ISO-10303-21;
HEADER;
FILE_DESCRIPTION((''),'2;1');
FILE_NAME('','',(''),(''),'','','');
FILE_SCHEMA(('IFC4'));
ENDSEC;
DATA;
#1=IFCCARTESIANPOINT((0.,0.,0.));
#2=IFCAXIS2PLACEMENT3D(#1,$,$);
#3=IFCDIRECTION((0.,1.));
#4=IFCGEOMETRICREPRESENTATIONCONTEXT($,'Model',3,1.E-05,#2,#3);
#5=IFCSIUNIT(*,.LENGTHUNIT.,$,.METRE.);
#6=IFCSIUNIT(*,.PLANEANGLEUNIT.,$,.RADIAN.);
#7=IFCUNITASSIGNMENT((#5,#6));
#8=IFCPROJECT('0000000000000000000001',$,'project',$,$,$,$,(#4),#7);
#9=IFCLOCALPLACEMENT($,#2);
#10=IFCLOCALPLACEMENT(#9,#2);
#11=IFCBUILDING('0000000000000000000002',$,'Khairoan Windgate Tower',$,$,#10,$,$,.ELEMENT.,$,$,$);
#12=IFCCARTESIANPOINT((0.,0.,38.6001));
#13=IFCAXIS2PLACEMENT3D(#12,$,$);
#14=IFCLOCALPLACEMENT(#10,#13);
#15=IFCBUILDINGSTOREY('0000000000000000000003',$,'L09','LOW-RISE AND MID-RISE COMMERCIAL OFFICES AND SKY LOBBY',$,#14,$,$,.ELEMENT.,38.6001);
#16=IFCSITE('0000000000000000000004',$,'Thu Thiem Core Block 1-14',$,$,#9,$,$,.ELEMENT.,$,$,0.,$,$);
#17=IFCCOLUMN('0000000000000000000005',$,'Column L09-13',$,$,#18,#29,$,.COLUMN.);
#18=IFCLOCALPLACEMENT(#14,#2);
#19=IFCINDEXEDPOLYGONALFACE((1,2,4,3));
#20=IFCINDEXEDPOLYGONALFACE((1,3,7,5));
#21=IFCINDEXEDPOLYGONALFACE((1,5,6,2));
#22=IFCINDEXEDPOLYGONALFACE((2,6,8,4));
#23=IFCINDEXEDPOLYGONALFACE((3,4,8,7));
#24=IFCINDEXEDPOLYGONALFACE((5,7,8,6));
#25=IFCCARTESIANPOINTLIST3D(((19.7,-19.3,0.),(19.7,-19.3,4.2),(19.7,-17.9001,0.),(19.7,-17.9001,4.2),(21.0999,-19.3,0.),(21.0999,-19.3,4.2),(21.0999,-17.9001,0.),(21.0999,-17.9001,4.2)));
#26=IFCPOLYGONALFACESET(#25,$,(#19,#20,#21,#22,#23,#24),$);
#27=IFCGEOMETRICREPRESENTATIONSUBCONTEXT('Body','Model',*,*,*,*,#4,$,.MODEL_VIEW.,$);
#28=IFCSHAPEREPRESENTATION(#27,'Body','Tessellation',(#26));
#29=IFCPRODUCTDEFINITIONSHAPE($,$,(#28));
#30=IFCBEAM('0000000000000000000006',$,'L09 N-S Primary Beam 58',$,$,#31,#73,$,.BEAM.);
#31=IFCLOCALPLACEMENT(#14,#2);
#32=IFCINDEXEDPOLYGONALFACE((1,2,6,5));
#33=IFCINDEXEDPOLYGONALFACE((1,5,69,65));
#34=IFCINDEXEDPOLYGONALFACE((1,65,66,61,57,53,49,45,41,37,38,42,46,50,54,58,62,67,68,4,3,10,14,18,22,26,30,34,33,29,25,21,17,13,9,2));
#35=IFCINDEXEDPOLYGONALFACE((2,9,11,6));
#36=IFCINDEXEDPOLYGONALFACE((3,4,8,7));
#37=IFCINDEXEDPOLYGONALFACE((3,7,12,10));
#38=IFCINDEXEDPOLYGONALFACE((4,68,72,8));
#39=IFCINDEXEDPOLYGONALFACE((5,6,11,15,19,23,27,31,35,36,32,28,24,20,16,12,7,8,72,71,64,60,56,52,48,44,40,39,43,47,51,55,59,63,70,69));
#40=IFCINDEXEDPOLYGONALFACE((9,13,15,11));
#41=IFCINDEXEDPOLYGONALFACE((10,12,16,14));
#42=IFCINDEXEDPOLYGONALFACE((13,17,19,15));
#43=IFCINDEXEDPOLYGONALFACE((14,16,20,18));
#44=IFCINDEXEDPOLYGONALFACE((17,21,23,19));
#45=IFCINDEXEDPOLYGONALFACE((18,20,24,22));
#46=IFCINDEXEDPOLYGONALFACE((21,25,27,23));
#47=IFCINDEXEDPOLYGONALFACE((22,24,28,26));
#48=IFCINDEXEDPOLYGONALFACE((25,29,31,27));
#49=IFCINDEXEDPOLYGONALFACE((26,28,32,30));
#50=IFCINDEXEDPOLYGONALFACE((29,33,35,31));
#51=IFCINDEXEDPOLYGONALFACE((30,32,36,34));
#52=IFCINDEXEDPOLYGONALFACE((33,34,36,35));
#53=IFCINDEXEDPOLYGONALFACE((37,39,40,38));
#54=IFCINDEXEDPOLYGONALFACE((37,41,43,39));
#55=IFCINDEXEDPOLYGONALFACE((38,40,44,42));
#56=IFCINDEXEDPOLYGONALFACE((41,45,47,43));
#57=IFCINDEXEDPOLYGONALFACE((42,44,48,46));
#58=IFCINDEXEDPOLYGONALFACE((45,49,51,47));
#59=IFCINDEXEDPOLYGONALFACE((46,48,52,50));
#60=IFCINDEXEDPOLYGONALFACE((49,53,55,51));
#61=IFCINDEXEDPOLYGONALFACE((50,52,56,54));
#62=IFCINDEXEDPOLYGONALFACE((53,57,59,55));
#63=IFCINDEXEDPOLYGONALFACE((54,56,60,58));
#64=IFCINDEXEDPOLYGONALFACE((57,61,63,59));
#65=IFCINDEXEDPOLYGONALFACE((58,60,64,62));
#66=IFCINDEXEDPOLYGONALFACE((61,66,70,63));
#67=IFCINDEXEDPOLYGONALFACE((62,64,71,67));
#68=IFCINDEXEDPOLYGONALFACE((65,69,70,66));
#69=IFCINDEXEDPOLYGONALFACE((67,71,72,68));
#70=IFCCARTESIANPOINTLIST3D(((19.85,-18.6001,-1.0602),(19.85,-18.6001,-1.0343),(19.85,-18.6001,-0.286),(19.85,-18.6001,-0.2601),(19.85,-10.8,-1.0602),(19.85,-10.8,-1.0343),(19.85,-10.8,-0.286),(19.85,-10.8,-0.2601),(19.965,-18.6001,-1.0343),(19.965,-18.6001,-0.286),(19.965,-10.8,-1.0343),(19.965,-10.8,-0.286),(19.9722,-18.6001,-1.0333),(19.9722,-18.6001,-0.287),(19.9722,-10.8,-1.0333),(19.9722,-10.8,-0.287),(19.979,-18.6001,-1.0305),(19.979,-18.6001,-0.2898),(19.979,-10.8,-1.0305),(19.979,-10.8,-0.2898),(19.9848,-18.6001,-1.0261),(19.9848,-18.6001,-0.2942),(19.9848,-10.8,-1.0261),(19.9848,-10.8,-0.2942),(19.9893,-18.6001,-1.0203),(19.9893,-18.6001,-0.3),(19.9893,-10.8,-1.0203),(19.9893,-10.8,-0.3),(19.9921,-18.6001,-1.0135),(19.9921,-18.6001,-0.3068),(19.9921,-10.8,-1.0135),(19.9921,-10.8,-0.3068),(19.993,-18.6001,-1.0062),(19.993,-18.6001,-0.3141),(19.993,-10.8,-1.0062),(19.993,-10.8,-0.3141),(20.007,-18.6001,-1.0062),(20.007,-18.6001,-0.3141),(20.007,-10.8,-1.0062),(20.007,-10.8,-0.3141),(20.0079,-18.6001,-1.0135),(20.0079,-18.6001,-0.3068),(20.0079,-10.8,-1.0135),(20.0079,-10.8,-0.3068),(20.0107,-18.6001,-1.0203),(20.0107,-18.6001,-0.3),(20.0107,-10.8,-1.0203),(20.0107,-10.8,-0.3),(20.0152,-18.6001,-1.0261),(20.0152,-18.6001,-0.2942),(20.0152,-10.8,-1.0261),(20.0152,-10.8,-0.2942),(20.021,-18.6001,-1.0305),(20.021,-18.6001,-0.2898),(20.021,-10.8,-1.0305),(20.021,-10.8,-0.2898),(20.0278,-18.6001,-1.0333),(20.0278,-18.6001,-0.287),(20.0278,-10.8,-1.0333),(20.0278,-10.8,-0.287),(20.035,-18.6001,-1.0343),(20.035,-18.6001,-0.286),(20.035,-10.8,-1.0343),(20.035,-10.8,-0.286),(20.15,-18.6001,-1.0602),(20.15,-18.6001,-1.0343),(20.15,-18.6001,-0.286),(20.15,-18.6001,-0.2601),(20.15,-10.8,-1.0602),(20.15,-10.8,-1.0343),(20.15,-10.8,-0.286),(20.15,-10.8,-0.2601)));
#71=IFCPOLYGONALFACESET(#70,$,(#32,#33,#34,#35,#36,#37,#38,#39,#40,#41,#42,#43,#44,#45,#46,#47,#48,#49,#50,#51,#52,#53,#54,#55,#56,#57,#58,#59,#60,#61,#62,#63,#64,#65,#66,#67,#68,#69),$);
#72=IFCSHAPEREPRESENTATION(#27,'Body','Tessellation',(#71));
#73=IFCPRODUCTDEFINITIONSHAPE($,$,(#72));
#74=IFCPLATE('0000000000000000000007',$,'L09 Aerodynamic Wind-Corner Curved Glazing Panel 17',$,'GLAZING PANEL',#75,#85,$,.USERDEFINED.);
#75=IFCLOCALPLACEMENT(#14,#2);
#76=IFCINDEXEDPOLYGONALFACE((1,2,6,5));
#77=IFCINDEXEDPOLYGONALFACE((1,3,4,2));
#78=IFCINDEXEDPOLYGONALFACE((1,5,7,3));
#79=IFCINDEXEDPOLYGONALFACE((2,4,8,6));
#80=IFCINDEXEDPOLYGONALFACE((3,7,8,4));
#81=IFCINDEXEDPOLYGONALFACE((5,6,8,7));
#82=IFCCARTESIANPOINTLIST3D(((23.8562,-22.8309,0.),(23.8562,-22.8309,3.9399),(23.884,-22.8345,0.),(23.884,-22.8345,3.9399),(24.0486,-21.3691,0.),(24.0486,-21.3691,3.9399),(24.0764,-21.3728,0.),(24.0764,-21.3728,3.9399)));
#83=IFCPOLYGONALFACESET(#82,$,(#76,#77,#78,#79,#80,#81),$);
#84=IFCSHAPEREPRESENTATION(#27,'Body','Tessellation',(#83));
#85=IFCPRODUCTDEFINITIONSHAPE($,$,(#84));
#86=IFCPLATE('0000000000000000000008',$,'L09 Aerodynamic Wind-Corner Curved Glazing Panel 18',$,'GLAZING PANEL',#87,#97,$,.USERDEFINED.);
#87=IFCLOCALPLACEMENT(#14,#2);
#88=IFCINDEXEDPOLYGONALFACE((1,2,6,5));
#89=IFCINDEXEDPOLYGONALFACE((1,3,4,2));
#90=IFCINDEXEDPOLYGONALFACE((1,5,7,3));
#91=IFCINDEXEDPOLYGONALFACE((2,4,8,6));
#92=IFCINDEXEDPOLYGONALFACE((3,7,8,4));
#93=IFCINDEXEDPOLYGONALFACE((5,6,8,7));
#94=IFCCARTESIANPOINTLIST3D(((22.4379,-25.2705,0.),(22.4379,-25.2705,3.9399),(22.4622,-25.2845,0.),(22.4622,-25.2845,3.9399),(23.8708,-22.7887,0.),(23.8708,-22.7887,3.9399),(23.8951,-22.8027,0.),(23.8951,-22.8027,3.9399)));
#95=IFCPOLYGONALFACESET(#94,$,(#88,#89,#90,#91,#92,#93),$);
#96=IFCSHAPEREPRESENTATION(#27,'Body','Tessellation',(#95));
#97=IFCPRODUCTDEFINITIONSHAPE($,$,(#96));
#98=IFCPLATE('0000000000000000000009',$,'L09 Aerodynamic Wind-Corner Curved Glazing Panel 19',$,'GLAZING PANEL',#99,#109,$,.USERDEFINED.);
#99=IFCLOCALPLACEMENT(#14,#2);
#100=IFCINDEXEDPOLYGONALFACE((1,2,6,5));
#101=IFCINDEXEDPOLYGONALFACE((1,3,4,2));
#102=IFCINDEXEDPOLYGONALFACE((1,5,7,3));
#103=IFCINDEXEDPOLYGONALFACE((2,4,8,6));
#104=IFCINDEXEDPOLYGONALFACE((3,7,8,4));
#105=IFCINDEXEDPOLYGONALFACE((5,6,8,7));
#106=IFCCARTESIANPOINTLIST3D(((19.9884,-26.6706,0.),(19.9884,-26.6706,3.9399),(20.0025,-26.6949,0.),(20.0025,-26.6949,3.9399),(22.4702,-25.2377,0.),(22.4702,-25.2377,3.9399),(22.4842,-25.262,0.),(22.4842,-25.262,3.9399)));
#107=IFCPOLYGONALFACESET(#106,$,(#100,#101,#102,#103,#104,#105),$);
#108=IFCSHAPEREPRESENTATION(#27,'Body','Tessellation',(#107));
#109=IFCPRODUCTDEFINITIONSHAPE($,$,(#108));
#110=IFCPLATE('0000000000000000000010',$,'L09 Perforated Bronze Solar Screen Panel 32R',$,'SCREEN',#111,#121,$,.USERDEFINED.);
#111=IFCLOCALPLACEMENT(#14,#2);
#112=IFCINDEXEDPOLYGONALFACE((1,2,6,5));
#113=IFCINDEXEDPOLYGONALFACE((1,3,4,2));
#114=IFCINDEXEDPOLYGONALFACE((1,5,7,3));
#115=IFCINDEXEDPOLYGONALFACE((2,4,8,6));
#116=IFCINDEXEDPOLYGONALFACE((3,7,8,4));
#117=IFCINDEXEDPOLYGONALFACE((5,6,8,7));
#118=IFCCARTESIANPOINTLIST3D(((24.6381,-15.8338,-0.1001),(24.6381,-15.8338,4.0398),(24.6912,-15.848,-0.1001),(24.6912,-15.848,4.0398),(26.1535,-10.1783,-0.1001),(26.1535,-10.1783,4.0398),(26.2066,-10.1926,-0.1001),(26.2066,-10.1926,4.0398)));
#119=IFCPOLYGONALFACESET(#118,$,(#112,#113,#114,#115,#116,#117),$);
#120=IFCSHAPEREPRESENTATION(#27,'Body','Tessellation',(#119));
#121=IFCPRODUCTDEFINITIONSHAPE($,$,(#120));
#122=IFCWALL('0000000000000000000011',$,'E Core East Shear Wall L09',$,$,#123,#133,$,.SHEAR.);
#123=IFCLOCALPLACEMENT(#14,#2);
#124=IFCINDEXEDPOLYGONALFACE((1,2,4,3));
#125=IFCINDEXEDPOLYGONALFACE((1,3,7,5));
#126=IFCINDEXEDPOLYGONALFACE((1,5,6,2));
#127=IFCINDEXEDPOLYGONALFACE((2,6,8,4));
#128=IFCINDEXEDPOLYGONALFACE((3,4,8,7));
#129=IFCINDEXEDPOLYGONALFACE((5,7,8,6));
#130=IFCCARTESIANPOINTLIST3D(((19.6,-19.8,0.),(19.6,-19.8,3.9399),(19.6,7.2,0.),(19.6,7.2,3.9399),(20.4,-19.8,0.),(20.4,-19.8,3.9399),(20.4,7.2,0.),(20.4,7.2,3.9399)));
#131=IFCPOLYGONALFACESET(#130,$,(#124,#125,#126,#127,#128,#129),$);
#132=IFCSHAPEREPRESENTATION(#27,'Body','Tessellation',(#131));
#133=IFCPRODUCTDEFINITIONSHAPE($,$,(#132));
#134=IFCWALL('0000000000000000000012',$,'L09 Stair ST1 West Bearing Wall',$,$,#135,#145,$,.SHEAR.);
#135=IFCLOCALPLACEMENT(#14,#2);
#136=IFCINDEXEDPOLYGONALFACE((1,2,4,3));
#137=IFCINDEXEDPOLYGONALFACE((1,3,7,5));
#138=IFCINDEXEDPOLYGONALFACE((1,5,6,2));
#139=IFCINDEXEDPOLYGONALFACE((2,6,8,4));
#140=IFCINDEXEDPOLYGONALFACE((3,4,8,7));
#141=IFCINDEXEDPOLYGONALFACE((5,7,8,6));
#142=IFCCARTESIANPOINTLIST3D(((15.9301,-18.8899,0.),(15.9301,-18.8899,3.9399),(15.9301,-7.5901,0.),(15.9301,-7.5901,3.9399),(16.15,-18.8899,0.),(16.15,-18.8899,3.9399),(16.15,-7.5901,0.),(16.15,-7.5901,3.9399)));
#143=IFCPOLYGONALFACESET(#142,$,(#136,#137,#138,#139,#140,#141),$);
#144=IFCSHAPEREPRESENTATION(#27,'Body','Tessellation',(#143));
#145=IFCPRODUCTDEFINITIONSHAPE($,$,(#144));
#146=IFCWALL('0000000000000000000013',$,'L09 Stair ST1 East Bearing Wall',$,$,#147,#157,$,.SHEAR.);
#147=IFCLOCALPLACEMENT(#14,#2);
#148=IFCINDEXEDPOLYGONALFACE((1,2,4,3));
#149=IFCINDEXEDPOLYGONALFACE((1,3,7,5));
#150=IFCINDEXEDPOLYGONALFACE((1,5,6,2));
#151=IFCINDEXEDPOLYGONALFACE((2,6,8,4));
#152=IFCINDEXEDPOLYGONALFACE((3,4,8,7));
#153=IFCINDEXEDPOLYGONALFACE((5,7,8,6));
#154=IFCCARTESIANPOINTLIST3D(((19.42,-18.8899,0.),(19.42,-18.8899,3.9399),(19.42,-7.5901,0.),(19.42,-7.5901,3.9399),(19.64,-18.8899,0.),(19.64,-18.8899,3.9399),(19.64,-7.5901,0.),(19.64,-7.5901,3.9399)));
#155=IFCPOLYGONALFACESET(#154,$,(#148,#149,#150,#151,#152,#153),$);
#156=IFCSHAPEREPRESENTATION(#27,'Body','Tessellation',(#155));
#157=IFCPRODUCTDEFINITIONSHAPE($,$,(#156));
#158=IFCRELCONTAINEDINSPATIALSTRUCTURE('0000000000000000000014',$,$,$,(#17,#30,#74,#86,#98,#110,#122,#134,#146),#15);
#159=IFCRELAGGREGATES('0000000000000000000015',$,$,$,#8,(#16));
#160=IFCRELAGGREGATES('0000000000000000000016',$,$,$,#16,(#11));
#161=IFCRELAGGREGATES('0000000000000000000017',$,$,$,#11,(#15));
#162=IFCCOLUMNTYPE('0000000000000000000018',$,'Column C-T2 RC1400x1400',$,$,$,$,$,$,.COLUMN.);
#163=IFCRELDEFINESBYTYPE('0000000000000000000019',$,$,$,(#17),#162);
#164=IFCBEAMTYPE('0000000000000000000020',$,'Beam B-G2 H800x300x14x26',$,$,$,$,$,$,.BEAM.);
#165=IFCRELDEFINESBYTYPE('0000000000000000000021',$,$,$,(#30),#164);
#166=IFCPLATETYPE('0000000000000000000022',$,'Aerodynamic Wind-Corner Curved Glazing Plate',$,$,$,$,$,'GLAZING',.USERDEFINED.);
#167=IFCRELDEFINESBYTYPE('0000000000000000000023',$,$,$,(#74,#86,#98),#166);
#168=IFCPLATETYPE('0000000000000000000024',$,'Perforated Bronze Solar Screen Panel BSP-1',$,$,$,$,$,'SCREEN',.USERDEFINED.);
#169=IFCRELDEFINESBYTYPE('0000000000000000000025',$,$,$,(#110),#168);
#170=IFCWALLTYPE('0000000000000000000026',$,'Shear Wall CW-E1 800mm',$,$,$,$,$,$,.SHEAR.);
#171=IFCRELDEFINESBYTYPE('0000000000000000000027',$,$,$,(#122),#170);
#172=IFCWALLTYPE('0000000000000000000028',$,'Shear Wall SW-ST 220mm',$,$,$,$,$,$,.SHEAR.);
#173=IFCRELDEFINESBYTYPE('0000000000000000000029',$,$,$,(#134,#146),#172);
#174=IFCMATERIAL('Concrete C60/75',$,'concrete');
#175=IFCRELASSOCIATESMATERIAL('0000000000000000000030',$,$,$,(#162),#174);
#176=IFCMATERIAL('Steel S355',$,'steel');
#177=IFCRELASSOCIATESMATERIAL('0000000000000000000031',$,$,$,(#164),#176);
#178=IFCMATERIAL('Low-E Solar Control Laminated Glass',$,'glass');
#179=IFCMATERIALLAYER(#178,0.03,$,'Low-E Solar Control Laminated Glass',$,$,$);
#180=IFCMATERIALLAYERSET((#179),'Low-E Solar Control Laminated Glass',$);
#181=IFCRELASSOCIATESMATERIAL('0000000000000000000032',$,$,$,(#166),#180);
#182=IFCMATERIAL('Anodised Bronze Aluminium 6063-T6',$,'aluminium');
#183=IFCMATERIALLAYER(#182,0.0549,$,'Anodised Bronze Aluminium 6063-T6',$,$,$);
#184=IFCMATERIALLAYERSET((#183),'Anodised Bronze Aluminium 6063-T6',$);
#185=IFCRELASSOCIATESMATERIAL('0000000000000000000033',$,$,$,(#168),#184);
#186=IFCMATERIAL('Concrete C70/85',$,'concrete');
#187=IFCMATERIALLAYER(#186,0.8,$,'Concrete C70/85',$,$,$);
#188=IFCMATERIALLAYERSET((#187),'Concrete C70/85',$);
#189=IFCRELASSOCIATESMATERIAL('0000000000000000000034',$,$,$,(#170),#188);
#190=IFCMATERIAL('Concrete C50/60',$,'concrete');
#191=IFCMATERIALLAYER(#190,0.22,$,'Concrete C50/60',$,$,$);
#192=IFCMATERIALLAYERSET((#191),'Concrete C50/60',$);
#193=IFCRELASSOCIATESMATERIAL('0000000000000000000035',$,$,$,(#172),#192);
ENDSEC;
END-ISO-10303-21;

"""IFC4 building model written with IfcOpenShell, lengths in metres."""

from ifc_helpers import new_model, si_unit, direction, frame, frame_2d, origin, origin_2d, place, context, subcontext, project, spatial, rectangle, i_section, extrude, material, layer, layer_set, material_profile, profile_set, type_object, element, save


model = new_model("IFC4")

# Units and contexts
model_context = context("Model", 3, precision=1e-05, world=origin(), true_north=direction((0.0, 1.0)))
body_context = subcontext(model_context, "Body", "Model", "MODEL_VIEW")
ifc_project = project(units=[si_unit("LENGTHUNIT", "METRE"), si_unit("PLANEANGLEUNIT", "RADIAN")], contexts=[model_context])

# Site, building, storey
site_placement = place(None, origin())
site = spatial("IfcSite", under=ifc_project, at=site_placement, Name="Thu Thiem Core Block 1-14", CompositionType="ELEMENT", RefElevation=0.0)
building_placement = place(site_placement, origin())
building = spatial("IfcBuilding", under=site, at=building_placement, Name="Khairoan Windgate Tower", CompositionType="ELEMENT")
storey_placement = place(building_placement, frame((0.0, 0.0, 38.6001)))
storey = spatial("IfcBuildingStorey", under=building, at=storey_placement, Name="L09", Description="LOW-RISE AND MID-RISE COMMERCIAL OFFICES AND SKY LOBBY", CompositionType="ELEMENT", Elevation=38.6001)

# Column
ifc_material_1 = material(Name="Concrete C60/75", Category="concrete")
ifc_material_profile_1 = material_profile(ifc_material_1, rectangle(XDim=1.3999, YDim=1.3999, at=origin_2d()))
ifc_profile_set_1 = profile_set([ifc_material_profile_1], Name="Concrete C60/75")
column_type = type_object("IfcColumnType", Name="Column C-T2 RC1400x1400", PredefinedType="COLUMN", material=ifc_profile_set_1)
column_placement = place(storey_placement, frame((20.3999, -18.6001, 0.0), z_axis=(0.0, 0.0, 1.0), x_axis=(1.0, 0.0, 0.0)))
element("IfcColumn", 1, at=column_placement, inside=storey, type_object=column_type, Name="Column L09-13", PredefinedType="COLUMN", context=body_context, shape_type="SweptSolid", body=[
    extrude(rectangle(XDim=1.3999, YDim=1.3999, at=origin_2d()), origin(), (0.0, 0.0, 1.0), 4.2),
])

# Beam
ifc_material_2 = material(Name="Steel S355", Category="steel")
ifc_material_profile_2 = material_profile(ifc_material_2, i_section(OverallWidth=0.3, OverallDepth=0.8, WebThickness=0.0139, FlangeThickness=0.0259, FilletRadius=0.0281, at=origin_2d()))
ifc_profile_set_2 = profile_set([ifc_material_profile_2], Name="Steel S355")
beam_type = type_object("IfcBeamType", Name="Beam B-G2 H800x300x14x26", PredefinedType="BEAM", material=ifc_profile_set_2)
beam_placement = place(storey_placement, frame((20.0, -18.6001, -0.6602), z_axis=(0.0, 1.0, 0.0), x_axis=(-1.0, 0.0, 0.0)))
element("IfcBeam", 2, at=beam_placement, inside=storey, type_object=beam_type, Name="L09 N-S Primary Beam 58", PredefinedType="BEAM", context=body_context, shape_type="SweptSolid", body=[
    extrude(i_section(OverallWidth=0.3, OverallDepth=0.8, WebThickness=0.0139, FlangeThickness=0.0259, FilletRadius=0.0281, at=origin_2d()), origin(), (0.0, 0.0, 1.0), 7.8),
])

# Plates
ifc_material_3 = material(Name="Low-E Solar Control Laminated Glass", Category="glass")
ifc_layer_1 = layer(ifc_material_3, 0.03, Name="Low-E Solar Control Laminated Glass")
ifc_layer_set_1 = layer_set([ifc_layer_1], Name="Low-E Solar Control Laminated Glass")
plate_type_1 = type_object("IfcPlateType", Name="Aerodynamic Wind-Corner Curved Glazing Plate", ElementType="GLAZING", PredefinedType="USERDEFINED", material=ifc_layer_set_1)
plate_1_placement = place(storey_placement, frame((23.9663, -22.1018, 0.0), z_axis=(0.0, 0.0, 1.0), x_axis=(-0.130526, -0.991445, 0.0)))
element("IfcPlate", 3, at=plate_1_placement, inside=storey, type_object=plate_type_1, Name="L09 Aerodynamic Wind-Corner Curved Glazing Panel 17", ObjectType="GLAZING PANEL", PredefinedType="USERDEFINED", context=body_context, shape_type="SweptSolid", body=[
    extrude(rectangle(XDim=1.4744, YDim=0.0281, at=origin_2d()), origin(), (0.0, 0.0, 1.0), 3.9399),
])
for number, where, z_axis, x_axis, name in (
    (4, (23.1665, -24.0366, 0.0), (0.0, 0.0, 1.0), (-0.5, -0.866025, 0.0), "L09 Aerodynamic Wind-Corner Curved Glazing Panel 18"),
    (5, (21.2363, -25.9663, 0.0), (0.0, 0.0, 1.0), (-0.866025, -0.5, 0.0), "L09 Aerodynamic Wind-Corner Curved Glazing Panel 19"),
):
    element("IfcPlate", number, at=place(storey_placement, frame(where, z_axis=z_axis, x_axis=x_axis)), inside=storey, type_object=plate_type_1, Name=name, ObjectType="GLAZING PANEL", PredefinedType="USERDEFINED", context=body_context, shape_type="SweptSolid", body=[
        extrude(rectangle(XDim=2.8657, YDim=0.0281, at=origin_2d()), origin(), (0.0, 0.0, 1.0), 3.9399),
    ])

# Plate
ifc_material_4 = material(Name="Anodised Bronze Aluminium 6063-T6", Category="aluminium")
ifc_layer_2 = layer(ifc_material_4, 0.0549, Name="Anodised Bronze Aluminium 6063-T6")
ifc_layer_set_2 = layer_set([ifc_layer_2], Name="Anodised Bronze Aluminium 6063-T6")
plate_type_2 = type_object("IfcPlateType", Name="Perforated Bronze Solar Screen Panel BSP-1", ElementType="SCREEN", PredefinedType="USERDEFINED", material=ifc_layer_set_2)
plate_2_placement = place(storey_placement, frame((25.4224, -13.0132, -0.1001), z_axis=(0.0, 0.0, 1.0), x_axis=(-0.258819, -0.965926, 0.0)))
element("IfcPlate", 6, at=plate_2_placement, inside=storey, type_object=plate_type_2, Name="L09 Perforated Bronze Solar Screen Panel 32R", ObjectType="SCREEN", PredefinedType="USERDEFINED", context=body_context, shape_type="SweptSolid", body=[
    extrude(rectangle(XDim=5.855, YDim=0.0549, at=origin_2d()), origin(), (0.0, 0.0, 1.0), 4.1399),
])

# Walls
ifc_material_5 = material(Name="Concrete C70/85", Category="concrete")
ifc_layer_3 = layer(ifc_material_5, 0.8, Name="Concrete C70/85")
ifc_layer_set_3 = layer_set([ifc_layer_3], Name="Concrete C70/85")
wall_type_1 = type_object("IfcWallType", Name="Shear Wall CW-E1 800mm", PredefinedType="SHEAR", material=ifc_layer_set_3)
wall_placement = place(storey_placement, frame((20.0, -19.8, 0.0), z_axis=(0.0, 0.0, 1.0), x_axis=(0.0, 1.0, 0.0)))
element("IfcWall", 7, at=wall_placement, inside=storey, type_object=wall_type_1, Name="E Core East Shear Wall L09", PredefinedType="SHEAR", context=body_context, shape_type="SweptSolid", body=[
    extrude(rectangle(XDim=27.0, YDim=0.8, at=frame_2d((13.5, 0.0))), origin(), (0.0, 0.0, 1.0), 3.9399),
])
ifc_material_6 = material(Name="Concrete C50/60", Category="concrete")
ifc_layer_4 = layer(ifc_material_6, 0.22, Name="Concrete C50/60")
ifc_layer_set_4 = layer_set([ifc_layer_4], Name="Concrete C50/60")
wall_type_2 = type_object("IfcWallType", Name="Shear Wall SW-ST 220mm", PredefinedType="SHEAR", material=ifc_layer_set_4)
for number, where, z_axis, x_axis, name in (
    (8, (16.04, -18.8899, 0.0), (0.0, 0.0, 1.0), (0.0, 1.0, 0.0), "L09 Stair ST1 West Bearing Wall"),
    (9, (19.53, -18.8899, 0.0), (0.0, 0.0, 1.0), (0.0, 1.0, 0.0), "L09 Stair ST1 East Bearing Wall"),
):
    element("IfcWall", number, at=place(storey_placement, frame(where, z_axis=z_axis, x_axis=x_axis)), inside=storey, type_object=wall_type_2, Name=name, PredefinedType="SHEAR", context=body_context, shape_type="SweptSolid", body=[
        extrude(rectangle(XDim=11.2998, YDim=0.22, at=frame_2d((5.6499, 0.0))), origin(), (0.0, 0.0, 1.0), 3.9399),
    ])

save(model, "model.ifc")
